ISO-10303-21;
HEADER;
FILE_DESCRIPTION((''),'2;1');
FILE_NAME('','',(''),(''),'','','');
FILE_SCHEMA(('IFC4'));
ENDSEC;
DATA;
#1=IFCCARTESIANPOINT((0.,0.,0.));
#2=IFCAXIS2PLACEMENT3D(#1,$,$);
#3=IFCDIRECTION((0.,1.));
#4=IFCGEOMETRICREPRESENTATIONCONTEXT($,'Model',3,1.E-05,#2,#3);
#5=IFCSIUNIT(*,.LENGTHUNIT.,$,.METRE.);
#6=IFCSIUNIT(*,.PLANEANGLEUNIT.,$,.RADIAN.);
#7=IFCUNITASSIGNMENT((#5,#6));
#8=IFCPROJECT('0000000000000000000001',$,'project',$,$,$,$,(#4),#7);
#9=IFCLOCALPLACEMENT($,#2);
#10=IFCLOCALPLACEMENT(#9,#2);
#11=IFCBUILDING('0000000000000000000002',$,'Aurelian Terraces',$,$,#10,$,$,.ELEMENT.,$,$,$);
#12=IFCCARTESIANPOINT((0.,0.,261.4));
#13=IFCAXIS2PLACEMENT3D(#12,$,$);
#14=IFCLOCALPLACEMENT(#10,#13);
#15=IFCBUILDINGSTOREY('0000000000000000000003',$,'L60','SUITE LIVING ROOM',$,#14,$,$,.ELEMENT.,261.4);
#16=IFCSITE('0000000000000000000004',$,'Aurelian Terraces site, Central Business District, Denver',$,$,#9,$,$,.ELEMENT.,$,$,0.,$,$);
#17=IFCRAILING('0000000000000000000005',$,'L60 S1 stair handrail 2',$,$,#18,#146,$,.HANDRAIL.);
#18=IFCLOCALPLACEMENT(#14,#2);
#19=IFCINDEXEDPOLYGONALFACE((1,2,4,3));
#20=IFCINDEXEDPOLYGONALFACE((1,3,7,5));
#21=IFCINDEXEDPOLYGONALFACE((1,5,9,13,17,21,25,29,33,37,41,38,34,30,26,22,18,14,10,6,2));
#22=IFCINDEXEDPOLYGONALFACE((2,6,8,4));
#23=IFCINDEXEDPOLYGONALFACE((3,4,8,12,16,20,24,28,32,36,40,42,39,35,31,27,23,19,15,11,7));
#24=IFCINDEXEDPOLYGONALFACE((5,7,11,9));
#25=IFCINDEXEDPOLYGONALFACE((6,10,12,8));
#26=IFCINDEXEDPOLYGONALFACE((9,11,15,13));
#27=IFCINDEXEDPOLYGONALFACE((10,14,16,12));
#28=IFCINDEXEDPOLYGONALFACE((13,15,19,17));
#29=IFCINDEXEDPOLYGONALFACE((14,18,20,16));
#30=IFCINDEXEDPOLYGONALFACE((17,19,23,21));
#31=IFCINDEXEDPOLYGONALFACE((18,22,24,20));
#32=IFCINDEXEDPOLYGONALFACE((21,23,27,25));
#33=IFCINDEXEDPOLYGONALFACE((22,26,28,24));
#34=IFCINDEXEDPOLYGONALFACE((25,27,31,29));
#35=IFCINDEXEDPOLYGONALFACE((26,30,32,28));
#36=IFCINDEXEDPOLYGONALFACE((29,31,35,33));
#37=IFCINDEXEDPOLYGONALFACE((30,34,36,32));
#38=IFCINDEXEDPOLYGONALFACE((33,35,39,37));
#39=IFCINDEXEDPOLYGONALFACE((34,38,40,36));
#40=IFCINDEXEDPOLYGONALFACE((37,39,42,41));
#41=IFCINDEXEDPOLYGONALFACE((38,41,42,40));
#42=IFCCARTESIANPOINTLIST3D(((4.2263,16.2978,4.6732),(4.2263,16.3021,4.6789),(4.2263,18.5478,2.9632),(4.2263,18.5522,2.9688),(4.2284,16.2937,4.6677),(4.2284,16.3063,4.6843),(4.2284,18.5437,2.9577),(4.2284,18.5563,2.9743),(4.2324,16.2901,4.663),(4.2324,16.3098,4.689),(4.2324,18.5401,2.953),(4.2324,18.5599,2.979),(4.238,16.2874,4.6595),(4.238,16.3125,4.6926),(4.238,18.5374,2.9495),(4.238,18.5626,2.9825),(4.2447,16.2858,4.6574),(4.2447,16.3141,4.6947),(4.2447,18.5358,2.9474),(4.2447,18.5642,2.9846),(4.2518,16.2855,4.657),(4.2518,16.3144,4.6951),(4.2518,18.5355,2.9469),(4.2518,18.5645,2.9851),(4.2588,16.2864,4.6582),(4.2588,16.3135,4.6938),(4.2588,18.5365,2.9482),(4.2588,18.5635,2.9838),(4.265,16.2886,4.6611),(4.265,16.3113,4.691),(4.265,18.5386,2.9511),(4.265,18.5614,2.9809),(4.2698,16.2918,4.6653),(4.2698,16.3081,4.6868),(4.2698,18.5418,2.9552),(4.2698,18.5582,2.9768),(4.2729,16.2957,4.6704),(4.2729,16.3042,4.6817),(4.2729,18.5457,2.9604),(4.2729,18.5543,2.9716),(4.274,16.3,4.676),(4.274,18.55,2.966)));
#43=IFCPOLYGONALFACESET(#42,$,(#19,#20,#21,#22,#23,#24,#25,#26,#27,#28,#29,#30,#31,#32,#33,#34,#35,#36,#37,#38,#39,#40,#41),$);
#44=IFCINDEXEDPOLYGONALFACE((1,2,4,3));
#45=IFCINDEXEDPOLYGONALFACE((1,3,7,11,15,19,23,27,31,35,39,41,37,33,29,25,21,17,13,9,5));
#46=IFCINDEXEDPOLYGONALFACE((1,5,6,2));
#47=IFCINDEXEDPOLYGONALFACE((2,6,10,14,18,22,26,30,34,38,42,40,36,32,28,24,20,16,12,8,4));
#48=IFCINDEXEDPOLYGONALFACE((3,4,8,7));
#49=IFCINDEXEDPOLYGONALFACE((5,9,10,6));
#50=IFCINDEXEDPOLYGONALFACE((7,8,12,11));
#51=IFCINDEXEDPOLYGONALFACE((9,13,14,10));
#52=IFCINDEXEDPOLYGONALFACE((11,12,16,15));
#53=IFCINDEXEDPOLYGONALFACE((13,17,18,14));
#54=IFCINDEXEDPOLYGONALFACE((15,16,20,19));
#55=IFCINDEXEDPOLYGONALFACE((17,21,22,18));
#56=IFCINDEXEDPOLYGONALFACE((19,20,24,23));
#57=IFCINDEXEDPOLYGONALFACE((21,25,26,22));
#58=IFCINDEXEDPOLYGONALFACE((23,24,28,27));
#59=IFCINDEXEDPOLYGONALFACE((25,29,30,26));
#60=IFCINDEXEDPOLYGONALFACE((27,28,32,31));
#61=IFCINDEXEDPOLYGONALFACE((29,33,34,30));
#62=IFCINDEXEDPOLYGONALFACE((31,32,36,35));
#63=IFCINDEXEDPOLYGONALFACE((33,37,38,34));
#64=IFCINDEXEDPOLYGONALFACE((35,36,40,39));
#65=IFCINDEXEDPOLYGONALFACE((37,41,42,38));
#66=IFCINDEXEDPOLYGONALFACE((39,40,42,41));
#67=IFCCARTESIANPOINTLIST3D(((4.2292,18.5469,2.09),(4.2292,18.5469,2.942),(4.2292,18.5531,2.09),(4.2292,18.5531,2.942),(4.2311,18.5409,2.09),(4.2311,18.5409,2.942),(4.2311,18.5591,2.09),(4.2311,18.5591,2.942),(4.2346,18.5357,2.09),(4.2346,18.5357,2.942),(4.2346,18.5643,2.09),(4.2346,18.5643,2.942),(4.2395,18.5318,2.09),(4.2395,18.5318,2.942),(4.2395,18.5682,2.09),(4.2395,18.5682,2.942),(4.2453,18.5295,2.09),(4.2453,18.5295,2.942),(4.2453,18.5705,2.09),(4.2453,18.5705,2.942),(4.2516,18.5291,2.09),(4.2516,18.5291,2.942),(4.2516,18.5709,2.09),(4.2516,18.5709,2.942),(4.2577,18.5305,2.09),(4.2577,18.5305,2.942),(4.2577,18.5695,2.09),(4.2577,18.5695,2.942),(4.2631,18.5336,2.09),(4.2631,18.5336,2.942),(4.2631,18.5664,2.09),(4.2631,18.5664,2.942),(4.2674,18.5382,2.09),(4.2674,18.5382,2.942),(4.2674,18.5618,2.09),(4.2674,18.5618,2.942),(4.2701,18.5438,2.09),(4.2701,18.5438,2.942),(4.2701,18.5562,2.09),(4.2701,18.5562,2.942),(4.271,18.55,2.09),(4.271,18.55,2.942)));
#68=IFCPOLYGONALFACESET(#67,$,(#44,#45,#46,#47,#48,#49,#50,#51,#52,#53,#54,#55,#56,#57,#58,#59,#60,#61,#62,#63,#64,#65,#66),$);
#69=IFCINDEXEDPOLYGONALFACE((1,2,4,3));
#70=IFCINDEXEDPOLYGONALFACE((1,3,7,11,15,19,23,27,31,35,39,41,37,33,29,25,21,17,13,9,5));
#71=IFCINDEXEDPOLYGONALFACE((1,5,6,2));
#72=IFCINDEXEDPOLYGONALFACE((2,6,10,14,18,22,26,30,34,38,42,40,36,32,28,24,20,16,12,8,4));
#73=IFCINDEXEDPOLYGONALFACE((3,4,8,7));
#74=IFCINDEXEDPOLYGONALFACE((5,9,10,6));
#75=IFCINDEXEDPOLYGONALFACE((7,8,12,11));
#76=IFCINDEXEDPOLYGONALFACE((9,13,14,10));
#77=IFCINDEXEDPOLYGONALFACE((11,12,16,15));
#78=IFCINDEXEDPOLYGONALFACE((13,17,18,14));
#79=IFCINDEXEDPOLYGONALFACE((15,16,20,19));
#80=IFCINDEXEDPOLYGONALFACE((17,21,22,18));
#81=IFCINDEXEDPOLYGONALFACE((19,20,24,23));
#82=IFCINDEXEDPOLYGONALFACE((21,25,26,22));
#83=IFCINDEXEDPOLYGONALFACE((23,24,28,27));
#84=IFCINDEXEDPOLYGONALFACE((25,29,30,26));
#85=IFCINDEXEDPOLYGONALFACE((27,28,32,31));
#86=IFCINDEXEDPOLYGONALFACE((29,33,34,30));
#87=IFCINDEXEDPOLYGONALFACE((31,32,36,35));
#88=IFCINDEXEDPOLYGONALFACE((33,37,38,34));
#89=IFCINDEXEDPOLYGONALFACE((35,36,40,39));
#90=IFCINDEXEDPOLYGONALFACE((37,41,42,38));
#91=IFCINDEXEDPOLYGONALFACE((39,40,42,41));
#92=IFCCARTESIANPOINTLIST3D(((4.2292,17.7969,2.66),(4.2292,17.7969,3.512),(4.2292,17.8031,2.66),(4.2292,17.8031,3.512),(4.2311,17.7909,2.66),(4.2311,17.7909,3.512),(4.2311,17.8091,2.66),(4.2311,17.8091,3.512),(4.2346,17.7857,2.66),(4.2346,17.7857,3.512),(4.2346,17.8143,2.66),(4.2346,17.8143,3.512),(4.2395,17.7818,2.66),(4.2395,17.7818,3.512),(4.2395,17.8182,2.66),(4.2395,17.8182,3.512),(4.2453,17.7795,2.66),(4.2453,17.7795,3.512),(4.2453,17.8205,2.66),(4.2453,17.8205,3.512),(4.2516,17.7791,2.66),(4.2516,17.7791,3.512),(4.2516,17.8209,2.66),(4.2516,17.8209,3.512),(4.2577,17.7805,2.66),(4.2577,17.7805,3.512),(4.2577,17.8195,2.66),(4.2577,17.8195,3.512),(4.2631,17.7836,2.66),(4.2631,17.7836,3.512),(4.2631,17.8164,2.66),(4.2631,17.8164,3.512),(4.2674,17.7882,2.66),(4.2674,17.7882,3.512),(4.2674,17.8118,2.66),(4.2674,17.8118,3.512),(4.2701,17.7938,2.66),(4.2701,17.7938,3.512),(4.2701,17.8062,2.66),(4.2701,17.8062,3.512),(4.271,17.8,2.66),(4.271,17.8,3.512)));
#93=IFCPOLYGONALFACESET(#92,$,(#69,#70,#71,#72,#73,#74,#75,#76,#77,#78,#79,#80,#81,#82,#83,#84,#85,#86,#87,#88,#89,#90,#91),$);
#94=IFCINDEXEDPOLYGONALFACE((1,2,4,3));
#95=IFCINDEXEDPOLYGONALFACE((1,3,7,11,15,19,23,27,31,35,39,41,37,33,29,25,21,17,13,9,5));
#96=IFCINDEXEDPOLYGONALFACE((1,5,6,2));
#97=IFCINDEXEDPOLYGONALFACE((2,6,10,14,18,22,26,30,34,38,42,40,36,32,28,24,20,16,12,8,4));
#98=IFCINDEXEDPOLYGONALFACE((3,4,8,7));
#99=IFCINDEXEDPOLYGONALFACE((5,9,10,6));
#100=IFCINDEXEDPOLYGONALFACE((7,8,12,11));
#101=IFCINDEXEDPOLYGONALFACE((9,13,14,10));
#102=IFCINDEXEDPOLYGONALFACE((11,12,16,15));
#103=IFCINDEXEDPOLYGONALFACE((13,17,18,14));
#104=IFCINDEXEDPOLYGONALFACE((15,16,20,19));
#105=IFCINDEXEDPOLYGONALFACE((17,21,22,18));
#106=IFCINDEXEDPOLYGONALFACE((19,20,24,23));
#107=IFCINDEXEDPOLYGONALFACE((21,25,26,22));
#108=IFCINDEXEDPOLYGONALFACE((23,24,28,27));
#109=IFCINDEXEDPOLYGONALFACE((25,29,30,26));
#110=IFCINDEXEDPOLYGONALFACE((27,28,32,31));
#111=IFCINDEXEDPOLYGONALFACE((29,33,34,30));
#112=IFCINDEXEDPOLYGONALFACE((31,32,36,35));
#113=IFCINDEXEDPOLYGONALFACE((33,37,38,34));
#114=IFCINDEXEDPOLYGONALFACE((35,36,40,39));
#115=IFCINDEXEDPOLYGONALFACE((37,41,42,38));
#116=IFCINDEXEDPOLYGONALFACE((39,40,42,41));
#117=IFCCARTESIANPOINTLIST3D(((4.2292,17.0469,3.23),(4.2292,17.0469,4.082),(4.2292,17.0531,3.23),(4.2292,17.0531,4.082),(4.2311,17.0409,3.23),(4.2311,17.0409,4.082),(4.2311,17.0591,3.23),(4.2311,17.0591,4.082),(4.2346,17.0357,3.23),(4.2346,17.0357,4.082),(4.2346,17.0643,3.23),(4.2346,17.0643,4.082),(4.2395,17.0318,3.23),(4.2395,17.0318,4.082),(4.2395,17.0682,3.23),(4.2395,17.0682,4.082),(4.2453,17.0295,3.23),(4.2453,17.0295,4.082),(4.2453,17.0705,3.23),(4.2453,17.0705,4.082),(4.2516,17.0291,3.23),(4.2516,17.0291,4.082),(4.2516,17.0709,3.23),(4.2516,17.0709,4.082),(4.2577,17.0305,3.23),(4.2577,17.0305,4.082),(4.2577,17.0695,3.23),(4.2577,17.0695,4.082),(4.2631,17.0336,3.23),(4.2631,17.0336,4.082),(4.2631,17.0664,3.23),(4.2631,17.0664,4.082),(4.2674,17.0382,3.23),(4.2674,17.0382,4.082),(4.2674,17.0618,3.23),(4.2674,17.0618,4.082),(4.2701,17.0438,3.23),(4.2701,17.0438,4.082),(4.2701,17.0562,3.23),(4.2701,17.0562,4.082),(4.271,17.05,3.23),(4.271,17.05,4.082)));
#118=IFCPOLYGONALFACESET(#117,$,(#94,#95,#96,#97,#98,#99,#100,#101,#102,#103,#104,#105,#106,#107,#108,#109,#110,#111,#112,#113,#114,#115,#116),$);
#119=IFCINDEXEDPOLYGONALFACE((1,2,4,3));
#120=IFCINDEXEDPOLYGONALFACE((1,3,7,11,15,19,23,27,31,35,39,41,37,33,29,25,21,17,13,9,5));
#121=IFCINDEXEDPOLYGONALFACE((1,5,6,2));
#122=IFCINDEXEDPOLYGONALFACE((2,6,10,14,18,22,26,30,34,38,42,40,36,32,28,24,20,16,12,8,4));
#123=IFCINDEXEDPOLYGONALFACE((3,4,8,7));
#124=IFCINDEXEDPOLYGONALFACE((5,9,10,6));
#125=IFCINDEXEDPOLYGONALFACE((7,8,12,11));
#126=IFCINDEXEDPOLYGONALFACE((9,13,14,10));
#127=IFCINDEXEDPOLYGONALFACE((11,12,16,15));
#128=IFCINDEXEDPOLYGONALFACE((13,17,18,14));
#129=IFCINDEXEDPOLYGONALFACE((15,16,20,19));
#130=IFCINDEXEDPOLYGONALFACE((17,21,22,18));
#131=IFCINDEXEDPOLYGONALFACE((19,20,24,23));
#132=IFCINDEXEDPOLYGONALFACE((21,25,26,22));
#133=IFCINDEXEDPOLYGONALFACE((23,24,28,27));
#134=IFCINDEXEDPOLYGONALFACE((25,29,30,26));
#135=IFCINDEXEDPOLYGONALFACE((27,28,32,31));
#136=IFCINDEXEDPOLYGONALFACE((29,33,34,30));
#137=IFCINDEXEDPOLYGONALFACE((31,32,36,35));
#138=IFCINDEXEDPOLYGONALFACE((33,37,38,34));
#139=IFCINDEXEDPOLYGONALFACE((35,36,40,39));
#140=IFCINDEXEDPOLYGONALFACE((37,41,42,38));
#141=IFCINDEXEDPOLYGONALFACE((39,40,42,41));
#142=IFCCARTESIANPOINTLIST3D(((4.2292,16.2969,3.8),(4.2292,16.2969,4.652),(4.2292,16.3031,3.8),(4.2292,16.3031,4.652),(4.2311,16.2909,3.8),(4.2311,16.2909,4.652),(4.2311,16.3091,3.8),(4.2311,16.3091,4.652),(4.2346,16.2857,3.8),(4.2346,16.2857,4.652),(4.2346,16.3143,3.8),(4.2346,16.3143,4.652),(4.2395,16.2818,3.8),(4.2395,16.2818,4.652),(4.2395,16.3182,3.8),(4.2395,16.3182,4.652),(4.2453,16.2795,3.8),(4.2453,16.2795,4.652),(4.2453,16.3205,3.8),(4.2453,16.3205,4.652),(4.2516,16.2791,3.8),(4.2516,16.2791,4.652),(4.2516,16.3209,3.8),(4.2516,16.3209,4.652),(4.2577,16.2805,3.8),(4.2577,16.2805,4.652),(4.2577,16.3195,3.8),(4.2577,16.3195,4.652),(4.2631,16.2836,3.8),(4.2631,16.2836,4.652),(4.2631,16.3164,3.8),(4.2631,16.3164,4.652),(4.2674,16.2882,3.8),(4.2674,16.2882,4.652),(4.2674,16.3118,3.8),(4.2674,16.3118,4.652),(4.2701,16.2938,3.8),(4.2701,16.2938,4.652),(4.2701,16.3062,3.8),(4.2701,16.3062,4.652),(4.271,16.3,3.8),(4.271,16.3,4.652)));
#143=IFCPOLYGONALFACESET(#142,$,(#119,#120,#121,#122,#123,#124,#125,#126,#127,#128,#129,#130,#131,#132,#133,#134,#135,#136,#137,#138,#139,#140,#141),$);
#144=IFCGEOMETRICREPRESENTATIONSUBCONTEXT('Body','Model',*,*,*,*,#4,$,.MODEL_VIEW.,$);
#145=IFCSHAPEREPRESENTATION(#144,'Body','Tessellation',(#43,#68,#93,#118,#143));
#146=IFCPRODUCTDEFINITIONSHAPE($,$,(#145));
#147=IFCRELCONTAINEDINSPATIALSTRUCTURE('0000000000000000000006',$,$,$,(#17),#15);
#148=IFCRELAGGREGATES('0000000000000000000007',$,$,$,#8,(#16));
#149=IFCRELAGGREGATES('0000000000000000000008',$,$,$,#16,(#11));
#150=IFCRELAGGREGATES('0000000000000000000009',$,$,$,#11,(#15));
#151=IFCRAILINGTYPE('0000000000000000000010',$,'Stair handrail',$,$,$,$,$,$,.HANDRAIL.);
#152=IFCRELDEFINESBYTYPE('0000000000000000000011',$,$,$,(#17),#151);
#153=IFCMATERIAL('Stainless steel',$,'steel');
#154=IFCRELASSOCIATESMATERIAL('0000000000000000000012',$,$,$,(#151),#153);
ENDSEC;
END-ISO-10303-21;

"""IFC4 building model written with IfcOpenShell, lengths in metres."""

from ifc_helpers import new_model, si_unit, direction, frame, origin, origin_2d, place, context, subcontext, project, spatial, circle, extrude, source, transform, mapped, material, type_object, element, save


model = new_model("IFC4")

# Units and contexts
model_context = context("Model", 3, precision=1e-05, world=origin(), true_north=direction((0.0, 1.0)))
body_context = subcontext(model_context, "Body", "Model", "MODEL_VIEW")
ifc_project = project(units=[si_unit("LENGTHUNIT", "METRE"), si_unit("PLANEANGLEUNIT", "RADIAN")], contexts=[model_context])

# Site, building, storey
site_placement = place(None, origin())
site = spatial("IfcSite", under=ifc_project, at=site_placement, Name="Aurelian Terraces site, Central Business District, Denver", CompositionType="ELEMENT", RefElevation=0.0)
building_placement = place(site_placement, origin())
building = spatial("IfcBuilding", under=site, at=building_placement, Name="Aurelian Terraces", CompositionType="ELEMENT")
storey_placement = place(building_placement, frame((0.0, 0.0, 261.4)))
storey = spatial("IfcBuildingStorey", under=building, at=storey_placement, Name="L60", Description="SUITE LIVING ROOM", CompositionType="ELEMENT", Elevation=261.4)

# Railing
ifc_material_1 = material(Name="Stainless steel", Category="steel")
railing_type_1 = type_object("IfcRailingType", Name="Stair handrail", PredefinedType="HANDRAIL", material=ifc_material_1)
shared_shape_1 = source(origin(), body_context, "Body", "SweptSolid", [
    extrude(circle(Radius=0.024, at=origin_2d()), frame((0.0, 0.0, 0.876), z_axis=(0.0, -0.796162, 0.605083), x_axis=(1.0, 0.0, 0.0)), (0.0, 0.0, 1.0), 2.8261),
    extrude(circle(Radius=0.021, at=origin_2d()), origin(), (0.0, 0.0, 1.0), 0.852),
    extrude(circle(Radius=0.021, at=origin_2d()), frame((0.0, -0.75, 0.57)), (0.0, 0.0, 1.0), 0.852),
    extrude(circle(Radius=0.021, at=origin_2d()), frame((0.0, -1.5, 1.14)), (0.0, 0.0, 1.0), 0.852),
    extrude(circle(Radius=0.021, at=origin_2d()), frame((0.0, -2.25, 1.71)), (0.0, 0.0, 1.0), 0.852),
])
railing_1_placement = place(storey_placement, frame((4.25, 18.55, 2.09)))
element("IfcRailing", 1, at=railing_1_placement, inside=storey, type_object=railing_type_1, Name="L60 S1 stair handrail 2", PredefinedType="HANDRAIL", context=body_context, shape_type="MappedRepresentation", body=[
    mapped(shared_shape_1, transform((0.0, 0.0, 0.0), scale=1.0)),
])

save(model, "model.ifc")
